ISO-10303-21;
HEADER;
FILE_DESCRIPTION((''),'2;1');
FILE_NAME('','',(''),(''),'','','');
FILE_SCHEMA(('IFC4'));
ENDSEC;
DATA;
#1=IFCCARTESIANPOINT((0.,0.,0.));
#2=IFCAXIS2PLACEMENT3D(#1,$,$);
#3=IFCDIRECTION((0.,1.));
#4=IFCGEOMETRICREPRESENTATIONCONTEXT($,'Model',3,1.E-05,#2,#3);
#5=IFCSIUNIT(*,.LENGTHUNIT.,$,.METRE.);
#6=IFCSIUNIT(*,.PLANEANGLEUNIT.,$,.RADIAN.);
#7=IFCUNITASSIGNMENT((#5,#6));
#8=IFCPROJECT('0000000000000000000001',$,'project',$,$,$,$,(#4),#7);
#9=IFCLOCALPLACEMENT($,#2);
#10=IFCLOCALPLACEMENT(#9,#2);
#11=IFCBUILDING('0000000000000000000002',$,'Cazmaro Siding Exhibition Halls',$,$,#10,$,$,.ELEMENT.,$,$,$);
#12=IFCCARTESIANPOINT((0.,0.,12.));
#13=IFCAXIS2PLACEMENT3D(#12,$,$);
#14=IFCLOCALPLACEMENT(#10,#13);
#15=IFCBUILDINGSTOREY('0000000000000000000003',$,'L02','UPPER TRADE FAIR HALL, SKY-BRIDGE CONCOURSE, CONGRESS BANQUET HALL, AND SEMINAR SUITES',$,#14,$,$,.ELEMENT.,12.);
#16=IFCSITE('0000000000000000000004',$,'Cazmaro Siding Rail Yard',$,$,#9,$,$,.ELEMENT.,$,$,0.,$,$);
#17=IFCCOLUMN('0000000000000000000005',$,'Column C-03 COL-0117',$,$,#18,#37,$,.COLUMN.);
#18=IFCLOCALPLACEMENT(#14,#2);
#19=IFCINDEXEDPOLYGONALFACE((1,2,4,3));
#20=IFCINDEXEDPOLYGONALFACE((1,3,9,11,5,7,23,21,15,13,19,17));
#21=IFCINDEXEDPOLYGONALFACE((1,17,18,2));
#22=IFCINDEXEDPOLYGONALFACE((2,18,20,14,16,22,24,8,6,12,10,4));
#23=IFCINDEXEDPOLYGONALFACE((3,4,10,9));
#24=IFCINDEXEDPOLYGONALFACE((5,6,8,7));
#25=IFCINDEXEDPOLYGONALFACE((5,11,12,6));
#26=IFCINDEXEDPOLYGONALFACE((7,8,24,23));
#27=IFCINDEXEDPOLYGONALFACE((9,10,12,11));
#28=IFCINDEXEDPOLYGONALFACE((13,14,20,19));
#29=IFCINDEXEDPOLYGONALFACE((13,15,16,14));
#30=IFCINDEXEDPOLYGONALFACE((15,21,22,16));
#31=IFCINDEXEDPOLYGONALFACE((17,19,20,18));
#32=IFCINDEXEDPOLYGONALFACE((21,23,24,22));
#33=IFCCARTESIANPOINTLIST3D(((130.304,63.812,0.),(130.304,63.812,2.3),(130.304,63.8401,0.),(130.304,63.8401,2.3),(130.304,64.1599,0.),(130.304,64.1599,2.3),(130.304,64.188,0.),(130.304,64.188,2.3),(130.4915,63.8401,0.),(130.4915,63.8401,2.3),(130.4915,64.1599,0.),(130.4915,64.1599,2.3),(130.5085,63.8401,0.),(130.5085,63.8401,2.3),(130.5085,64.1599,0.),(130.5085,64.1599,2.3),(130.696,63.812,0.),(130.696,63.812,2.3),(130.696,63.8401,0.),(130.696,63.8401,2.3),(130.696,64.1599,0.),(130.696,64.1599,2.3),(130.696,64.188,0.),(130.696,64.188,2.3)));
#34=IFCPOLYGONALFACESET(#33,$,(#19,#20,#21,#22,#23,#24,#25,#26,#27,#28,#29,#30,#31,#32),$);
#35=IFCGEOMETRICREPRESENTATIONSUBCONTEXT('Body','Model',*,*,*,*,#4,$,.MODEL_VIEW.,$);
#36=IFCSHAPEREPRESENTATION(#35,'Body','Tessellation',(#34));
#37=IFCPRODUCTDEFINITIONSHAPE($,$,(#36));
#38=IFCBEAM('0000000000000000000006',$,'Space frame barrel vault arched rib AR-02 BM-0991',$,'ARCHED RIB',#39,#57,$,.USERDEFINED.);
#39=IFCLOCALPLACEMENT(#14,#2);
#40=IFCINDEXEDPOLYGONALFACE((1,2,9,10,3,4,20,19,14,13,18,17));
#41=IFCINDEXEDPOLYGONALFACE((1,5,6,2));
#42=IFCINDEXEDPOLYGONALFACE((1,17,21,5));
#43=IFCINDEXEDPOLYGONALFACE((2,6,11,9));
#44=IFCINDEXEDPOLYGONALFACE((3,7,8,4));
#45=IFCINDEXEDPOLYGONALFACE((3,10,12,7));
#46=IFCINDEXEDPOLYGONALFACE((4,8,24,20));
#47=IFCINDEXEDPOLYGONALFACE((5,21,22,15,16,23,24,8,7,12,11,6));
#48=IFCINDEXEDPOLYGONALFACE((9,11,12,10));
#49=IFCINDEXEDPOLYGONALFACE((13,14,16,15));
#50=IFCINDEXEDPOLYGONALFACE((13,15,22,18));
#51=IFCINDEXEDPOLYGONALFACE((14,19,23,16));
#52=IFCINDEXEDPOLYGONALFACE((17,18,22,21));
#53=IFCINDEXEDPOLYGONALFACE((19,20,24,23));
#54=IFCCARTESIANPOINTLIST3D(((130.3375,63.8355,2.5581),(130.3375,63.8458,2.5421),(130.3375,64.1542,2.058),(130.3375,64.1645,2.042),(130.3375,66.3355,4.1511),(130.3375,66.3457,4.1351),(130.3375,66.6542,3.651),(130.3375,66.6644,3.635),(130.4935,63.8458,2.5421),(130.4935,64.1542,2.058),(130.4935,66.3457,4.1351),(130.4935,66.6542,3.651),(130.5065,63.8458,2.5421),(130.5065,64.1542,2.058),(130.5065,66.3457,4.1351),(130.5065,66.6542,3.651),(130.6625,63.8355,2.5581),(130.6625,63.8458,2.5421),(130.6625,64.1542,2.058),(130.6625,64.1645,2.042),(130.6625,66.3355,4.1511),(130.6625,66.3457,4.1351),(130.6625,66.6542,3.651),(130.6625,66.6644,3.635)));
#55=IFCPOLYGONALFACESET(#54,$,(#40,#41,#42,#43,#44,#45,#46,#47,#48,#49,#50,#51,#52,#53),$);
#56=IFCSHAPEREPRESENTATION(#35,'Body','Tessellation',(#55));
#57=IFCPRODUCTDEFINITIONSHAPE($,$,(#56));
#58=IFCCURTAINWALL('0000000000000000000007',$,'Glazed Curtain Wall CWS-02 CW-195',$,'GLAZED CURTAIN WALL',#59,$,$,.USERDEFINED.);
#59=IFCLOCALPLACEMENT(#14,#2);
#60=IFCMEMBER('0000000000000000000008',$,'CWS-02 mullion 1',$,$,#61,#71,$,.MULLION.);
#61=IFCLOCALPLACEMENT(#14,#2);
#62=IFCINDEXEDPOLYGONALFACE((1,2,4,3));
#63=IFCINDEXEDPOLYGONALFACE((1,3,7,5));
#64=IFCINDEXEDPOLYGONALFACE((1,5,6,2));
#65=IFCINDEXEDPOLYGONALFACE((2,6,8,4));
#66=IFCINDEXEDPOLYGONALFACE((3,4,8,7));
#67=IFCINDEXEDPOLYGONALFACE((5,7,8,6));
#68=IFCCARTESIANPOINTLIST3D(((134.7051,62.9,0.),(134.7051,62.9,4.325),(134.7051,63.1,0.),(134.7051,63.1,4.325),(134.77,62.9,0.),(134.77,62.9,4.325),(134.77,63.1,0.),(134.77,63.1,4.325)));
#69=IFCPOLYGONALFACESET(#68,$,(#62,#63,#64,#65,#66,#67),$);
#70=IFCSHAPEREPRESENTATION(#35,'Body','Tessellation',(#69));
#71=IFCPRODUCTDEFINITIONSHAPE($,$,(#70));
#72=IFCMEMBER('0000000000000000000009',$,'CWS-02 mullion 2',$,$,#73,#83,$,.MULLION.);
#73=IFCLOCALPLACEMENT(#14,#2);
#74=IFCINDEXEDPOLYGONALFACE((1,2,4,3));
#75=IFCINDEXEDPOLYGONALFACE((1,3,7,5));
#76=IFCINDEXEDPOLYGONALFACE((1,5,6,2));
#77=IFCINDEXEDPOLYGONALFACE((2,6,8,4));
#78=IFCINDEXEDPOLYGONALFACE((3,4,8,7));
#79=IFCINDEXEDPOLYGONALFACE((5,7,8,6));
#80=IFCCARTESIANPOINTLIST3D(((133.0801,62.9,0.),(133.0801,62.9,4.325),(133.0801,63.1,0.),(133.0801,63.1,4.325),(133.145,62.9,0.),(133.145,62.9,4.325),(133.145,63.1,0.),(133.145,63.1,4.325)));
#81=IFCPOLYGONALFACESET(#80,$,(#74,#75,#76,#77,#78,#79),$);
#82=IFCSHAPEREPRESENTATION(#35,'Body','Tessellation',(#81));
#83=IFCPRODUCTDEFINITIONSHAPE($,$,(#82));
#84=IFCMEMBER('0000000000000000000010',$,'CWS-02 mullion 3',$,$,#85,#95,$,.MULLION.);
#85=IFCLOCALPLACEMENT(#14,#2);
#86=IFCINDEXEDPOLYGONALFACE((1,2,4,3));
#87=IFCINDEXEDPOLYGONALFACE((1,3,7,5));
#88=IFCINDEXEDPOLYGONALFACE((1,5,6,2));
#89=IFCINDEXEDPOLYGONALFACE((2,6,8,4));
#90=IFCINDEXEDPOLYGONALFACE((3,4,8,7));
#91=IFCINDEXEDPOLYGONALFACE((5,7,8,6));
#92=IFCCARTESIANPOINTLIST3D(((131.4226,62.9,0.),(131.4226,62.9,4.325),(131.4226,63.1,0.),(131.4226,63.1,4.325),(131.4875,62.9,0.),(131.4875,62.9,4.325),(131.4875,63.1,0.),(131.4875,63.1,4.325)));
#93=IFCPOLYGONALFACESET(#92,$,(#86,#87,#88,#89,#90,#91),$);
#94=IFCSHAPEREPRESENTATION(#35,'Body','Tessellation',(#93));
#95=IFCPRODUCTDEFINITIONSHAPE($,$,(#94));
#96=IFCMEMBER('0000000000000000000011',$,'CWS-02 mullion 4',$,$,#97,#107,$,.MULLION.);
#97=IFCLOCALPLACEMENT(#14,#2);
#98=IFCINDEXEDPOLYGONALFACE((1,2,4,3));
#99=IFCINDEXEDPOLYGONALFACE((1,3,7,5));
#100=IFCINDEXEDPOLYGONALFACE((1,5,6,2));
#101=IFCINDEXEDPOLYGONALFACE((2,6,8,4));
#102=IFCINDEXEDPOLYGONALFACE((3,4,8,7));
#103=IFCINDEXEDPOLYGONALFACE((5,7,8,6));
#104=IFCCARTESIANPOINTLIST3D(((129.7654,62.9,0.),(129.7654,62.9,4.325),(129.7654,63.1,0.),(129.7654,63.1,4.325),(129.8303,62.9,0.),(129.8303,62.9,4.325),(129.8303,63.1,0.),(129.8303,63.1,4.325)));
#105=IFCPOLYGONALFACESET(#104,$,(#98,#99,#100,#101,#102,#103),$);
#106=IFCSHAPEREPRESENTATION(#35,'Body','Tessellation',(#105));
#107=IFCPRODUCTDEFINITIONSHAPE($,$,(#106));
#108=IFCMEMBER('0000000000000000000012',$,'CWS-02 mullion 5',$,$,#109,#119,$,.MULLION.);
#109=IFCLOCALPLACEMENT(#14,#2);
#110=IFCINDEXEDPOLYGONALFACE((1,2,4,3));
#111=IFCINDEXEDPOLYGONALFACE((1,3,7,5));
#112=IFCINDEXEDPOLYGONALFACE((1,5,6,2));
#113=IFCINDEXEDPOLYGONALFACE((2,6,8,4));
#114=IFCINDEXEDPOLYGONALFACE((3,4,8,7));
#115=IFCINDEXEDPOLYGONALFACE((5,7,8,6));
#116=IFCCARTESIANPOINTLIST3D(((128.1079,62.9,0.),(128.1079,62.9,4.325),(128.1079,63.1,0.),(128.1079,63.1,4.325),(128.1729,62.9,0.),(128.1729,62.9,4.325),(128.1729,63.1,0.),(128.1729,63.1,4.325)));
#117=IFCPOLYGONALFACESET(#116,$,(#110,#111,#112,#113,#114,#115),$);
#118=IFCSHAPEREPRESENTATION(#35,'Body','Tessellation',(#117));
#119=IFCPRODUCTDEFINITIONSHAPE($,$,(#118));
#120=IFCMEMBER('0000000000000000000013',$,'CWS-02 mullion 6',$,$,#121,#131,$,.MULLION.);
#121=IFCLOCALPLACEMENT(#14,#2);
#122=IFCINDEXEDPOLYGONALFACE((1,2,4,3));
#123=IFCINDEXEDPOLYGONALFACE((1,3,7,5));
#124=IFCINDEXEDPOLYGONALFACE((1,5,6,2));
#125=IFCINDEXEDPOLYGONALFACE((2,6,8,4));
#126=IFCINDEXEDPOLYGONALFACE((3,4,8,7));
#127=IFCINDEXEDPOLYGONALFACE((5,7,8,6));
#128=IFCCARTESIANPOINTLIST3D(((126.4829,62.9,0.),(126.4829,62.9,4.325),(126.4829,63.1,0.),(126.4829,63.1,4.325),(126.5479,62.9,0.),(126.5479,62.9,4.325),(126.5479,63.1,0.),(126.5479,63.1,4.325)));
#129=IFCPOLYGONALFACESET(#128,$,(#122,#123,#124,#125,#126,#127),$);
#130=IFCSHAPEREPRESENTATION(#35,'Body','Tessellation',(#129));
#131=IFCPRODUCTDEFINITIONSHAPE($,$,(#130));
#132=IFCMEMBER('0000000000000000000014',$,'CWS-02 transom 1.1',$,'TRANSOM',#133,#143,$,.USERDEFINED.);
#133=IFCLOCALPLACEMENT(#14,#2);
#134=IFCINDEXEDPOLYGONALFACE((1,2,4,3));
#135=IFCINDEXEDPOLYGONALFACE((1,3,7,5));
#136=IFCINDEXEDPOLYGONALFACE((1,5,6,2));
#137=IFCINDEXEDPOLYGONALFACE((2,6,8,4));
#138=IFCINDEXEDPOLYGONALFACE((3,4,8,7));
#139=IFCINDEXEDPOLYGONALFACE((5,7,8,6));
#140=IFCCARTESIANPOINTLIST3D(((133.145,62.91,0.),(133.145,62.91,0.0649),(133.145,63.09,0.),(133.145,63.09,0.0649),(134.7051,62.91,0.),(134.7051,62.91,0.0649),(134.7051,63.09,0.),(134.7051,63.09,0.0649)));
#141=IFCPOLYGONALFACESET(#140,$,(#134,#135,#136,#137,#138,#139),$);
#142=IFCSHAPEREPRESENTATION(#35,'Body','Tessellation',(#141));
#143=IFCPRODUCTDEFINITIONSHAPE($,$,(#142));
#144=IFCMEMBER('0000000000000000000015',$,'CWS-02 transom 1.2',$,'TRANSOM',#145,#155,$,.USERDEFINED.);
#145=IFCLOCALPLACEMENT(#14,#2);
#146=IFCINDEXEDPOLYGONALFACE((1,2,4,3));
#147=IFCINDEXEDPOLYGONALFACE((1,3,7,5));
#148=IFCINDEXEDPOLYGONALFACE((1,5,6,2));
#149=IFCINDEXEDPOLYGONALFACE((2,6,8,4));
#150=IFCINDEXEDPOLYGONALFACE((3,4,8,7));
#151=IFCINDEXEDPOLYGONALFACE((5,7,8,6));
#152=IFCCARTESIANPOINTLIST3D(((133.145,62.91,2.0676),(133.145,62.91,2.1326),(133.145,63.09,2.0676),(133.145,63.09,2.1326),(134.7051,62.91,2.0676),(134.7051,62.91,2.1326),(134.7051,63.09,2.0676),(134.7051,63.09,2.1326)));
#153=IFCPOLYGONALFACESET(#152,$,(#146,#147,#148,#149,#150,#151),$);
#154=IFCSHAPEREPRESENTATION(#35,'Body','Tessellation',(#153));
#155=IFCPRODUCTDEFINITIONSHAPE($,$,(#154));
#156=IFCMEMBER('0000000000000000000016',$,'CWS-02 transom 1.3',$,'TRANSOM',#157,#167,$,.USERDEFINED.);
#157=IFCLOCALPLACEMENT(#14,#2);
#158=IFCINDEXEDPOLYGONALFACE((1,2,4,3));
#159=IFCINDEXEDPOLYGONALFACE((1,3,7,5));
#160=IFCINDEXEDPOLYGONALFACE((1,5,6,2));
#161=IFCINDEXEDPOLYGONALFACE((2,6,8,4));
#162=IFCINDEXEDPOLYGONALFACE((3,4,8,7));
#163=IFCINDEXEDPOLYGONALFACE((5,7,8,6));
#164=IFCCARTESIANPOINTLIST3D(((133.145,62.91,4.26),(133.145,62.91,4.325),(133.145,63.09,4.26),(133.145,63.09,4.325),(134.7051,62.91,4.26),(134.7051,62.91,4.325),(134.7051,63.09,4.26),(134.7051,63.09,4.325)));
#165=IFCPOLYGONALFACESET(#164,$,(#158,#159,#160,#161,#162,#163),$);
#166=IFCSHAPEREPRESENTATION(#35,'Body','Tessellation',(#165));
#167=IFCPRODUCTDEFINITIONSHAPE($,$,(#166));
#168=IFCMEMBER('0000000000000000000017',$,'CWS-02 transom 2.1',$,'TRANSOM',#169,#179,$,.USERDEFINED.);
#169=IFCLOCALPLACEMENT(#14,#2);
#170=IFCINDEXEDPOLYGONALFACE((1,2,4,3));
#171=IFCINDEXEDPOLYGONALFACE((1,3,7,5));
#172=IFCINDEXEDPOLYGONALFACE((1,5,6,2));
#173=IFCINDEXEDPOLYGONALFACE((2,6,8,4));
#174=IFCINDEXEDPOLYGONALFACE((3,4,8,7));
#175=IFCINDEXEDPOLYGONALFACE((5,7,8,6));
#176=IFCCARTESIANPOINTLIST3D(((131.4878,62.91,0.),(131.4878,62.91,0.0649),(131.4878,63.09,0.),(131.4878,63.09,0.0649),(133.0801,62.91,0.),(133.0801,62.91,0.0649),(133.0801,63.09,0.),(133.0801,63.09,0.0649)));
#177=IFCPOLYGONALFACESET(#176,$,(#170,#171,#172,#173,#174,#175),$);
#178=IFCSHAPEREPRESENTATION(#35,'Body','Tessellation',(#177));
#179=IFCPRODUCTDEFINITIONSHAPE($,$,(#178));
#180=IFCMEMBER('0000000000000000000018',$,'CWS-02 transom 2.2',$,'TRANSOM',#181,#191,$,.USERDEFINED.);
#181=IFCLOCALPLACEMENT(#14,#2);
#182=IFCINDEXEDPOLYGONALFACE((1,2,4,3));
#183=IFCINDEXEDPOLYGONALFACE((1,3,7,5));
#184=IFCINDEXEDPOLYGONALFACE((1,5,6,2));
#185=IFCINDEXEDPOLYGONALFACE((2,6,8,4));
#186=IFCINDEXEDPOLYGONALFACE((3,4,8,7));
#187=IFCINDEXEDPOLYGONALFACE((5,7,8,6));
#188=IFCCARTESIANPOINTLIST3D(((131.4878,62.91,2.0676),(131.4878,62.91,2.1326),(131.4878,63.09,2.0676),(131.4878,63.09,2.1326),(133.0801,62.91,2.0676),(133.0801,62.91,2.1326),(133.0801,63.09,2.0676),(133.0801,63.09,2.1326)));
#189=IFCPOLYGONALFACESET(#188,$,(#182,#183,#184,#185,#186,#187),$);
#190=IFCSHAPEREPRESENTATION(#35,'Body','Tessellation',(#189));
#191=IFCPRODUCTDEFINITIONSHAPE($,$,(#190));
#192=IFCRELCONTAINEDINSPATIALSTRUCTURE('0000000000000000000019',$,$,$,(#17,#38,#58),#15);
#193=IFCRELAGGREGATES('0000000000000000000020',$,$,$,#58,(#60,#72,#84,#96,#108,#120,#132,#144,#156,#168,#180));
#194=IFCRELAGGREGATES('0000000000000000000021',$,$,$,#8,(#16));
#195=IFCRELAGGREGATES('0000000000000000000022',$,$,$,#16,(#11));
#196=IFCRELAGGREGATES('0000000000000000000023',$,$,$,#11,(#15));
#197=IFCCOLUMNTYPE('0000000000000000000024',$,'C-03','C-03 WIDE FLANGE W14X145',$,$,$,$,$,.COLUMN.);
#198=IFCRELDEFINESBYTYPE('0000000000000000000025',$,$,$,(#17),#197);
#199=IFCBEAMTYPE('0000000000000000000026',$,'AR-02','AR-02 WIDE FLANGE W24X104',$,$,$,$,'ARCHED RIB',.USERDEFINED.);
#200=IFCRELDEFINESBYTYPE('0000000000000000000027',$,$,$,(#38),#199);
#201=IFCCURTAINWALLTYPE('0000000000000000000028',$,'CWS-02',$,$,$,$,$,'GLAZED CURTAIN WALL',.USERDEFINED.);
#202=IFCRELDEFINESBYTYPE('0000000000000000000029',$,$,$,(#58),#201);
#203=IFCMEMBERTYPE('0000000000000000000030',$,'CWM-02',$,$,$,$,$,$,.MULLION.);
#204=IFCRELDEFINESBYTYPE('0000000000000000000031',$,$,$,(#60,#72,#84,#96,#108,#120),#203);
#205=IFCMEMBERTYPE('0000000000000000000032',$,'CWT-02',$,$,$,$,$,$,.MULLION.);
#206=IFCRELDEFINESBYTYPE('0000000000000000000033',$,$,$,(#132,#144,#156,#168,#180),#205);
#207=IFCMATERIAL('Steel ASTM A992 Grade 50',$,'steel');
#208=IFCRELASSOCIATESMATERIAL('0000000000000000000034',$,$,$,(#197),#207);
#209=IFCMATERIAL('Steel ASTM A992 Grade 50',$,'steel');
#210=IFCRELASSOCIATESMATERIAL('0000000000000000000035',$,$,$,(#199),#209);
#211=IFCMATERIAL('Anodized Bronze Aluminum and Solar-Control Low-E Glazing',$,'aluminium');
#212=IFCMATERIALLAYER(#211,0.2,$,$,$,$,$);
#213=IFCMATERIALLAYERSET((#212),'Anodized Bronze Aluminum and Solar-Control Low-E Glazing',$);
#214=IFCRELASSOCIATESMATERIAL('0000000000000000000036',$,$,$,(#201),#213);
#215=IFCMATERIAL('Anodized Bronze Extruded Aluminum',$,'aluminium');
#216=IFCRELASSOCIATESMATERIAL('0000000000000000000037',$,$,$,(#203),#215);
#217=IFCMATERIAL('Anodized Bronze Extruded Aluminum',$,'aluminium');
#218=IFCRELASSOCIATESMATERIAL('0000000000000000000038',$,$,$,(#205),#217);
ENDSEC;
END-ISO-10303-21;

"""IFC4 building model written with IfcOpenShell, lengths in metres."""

from ifc_helpers import new_model, si_unit, direction, frame, origin, origin_2d, place, context, subcontext, project, spatial, rectangle, i_section, extrude, material, layer, layer_set, material_profile, profile_set, type_object, element, aggregate, save


model = new_model("IFC4")

# Units and contexts
model_context = context("Model", 3, precision=1e-05, world=origin(), true_north=direction((0.0, 1.0)))
body_context = subcontext(model_context, "Body", "Model", "MODEL_VIEW")
ifc_project = project(units=[si_unit("LENGTHUNIT", "METRE"), si_unit("PLANEANGLEUNIT", "RADIAN")], contexts=[model_context])

# Site, building, storey
site_placement = place(None, origin())
site = spatial("IfcSite", under=ifc_project, at=site_placement, Name="Cazmaro Siding Rail Yard", CompositionType="ELEMENT", RefElevation=0.0)
building_placement = place(site_placement, origin())
building = spatial("IfcBuilding", under=site, at=building_placement, Name="Cazmaro Siding Exhibition Halls", CompositionType="ELEMENT")
storey_placement = place(building_placement, frame((0.0, 0.0, 12.0)))
storey = spatial("IfcBuildingStorey", under=building, at=storey_placement, Name="L02", Description="UPPER TRADE FAIR HALL, SKY-BRIDGE CONCOURSE, CONGRESS BANQUET HALL, AND SEMINAR SUITES", CompositionType="ELEMENT", Elevation=12.0)

# Column
ifc_material_1 = material(Name="Steel ASTM A992 Grade 50", Category="steel")
ifc_material_profile_1 = material_profile(ifc_material_1, i_section(OverallWidth=0.3921, OverallDepth=0.376, WebThickness=0.0171, FlangeThickness=0.0281, at=origin_2d()), Name="W14X145")
ifc_profile_set_1 = profile_set([ifc_material_profile_1], Name="Steel ASTM A992 Grade 50")
column_type = type_object("IfcColumnType", Name="C-03", Description="C-03 WIDE FLANGE W14X145", PredefinedType="COLUMN", material=ifc_profile_set_1)
column_placement = place(storey_placement, frame((130.5, 64.0, 0.0), z_axis=(0.0, 0.0, 1.0), x_axis=(1.0, 0.0, 0.0)))
element("IfcColumn", 1, at=column_placement, inside=storey, type_object=column_type, Name="Column C-03 COL-0117", PredefinedType="COLUMN", context=body_context, shape_type="SweptSolid", body=[
    extrude(i_section(OverallWidth=0.3921, OverallDepth=0.376, WebThickness=0.0171, FlangeThickness=0.0281, at=origin_2d()), origin(), (0.0, 0.0, 1.0), 2.3),
])

# Beam
ifc_material_2 = material(Name="Steel ASTM A992 Grade 50", Category="steel")
ifc_material_profile_2 = material_profile(ifc_material_2, i_section(OverallWidth=0.325, OverallDepth=0.6121, WebThickness=0.0129, FlangeThickness=0.019, at=origin_2d()), Name="W24X104")
ifc_profile_set_2 = profile_set([ifc_material_profile_2], Name="Steel ASTM A992 Grade 50")
beam_type_1 = type_object("IfcBeamType", Name="AR-02", Description="AR-02 WIDE FLANGE W24X104", ElementType="ARCHED RIB", PredefinedType="USERDEFINED", material=ifc_profile_set_2)
beam_1_placement = place(storey_placement, frame((130.5, 64.0, 2.3), z_axis=(0.0, 0.843339, 0.537382), x_axis=(-1.0, 0.0, 0.0)))
element("IfcBeam", 2, at=beam_1_placement, inside=storey, type_object=beam_type_1, Name="Space frame barrel vault arched rib AR-02 BM-0991", ObjectType="ARCHED RIB", PredefinedType="USERDEFINED", context=body_context, shape_type="SweptSolid", body=[
    extrude(i_section(OverallWidth=0.325, OverallDepth=0.6121, WebThickness=0.0129, FlangeThickness=0.019, at=origin_2d()), origin(), (0.0, 0.0, 1.0), 2.9644),
])

# Curtain wall, members
ifc_material_3 = material(Name="Anodized Bronze Aluminum and Solar-Control Low-E Glazing", Category="aluminium")
ifc_layer_1 = layer(ifc_material_3, 0.2)
ifc_layer_set_1 = layer_set([ifc_layer_1], Name="Anodized Bronze Aluminum and Solar-Control Low-E Glazing")
curtain_wall_type = type_object("IfcCurtainWallType", Name="CWS-02", ElementType="GLAZED CURTAIN WALL", PredefinedType="USERDEFINED", material=ifc_layer_set_1)
curtain_wall_placement = place(storey_placement, origin())
curtain_wall = element("IfcCurtainWall", 3, at=curtain_wall_placement, inside=storey, type_object=curtain_wall_type, Name="Glazed Curtain Wall CWS-02 CW-195", ObjectType="GLAZED CURTAIN WALL", PredefinedType="USERDEFINED")
ifc_material_4 = material(Name="Anodized Bronze Extruded Aluminum", Category="aluminium")
ifc_material_profile_3 = material_profile(ifc_material_4, rectangle(XDim=0.2, YDim=0.0649, at=origin_2d()), Name="CWM-02")
ifc_profile_set_3 = profile_set([ifc_material_profile_3], Name="Anodized Bronze Extruded Aluminum")
member_type_1 = type_object("IfcMemberType", Name="CWM-02", PredefinedType="MULLION", material=ifc_profile_set_3)
member_1_placement = place(storey_placement, frame((134.7375, 63.0, 0.0), z_axis=(0.0, 0.0, 1.0), x_axis=(0.0, -1.0, 0.0)))
member_1 = element("IfcMember", 4, at=member_1_placement, type_object=member_type_1, Name="CWS-02 mullion 1", PredefinedType="MULLION", context=body_context, shape_type="SweptSolid", body=[
    extrude(rectangle(XDim=0.2, YDim=0.0649, at=origin_2d()), origin(), (0.0, 0.0, 1.0), 4.325),
])
member_2_placement = place(storey_placement, frame((133.1125, 63.0, 0.0), z_axis=(0.0, 0.0, 1.0), x_axis=(0.0, -1.0, 0.0)))
member_2 = element("IfcMember", 5, at=member_2_placement, type_object=member_type_1, Name="CWS-02 mullion 2", PredefinedType="MULLION", context=body_context, shape_type="SweptSolid", body=[
    extrude(rectangle(XDim=0.2, YDim=0.0649, at=origin_2d()), origin(), (0.0, 0.0, 1.0), 4.325),
])
member_3_placement = place(storey_placement, frame((131.4551, 63.0, 0.0), z_axis=(0.0, 0.0, 1.0), x_axis=(0.0, -1.0, 0.0)))
member_3 = element("IfcMember", 6, at=member_3_placement, type_object=member_type_1, Name="CWS-02 mullion 3", PredefinedType="MULLION", context=body_context, shape_type="SweptSolid", body=[
    extrude(rectangle(XDim=0.2, YDim=0.0649, at=origin_2d()), origin(), (0.0, 0.0, 1.0), 4.325),
])
member_4_placement = place(storey_placement, frame((129.7979, 63.0, 0.0), z_axis=(0.0, 0.0, 1.0), x_axis=(0.0, -1.0, 0.0)))
member_4 = element("IfcMember", 7, at=member_4_placement, type_object=member_type_1, Name="CWS-02 mullion 4", PredefinedType="MULLION", context=body_context, shape_type="SweptSolid", body=[
    extrude(rectangle(XDim=0.2, YDim=0.0649, at=origin_2d()), origin(), (0.0, 0.0, 1.0), 4.325),
])
member_5_placement = place(storey_placement, frame((128.1404, 63.0, 0.0), z_axis=(0.0, 0.0, 1.0), x_axis=(0.0, -1.0, 0.0)))
member_5 = element("IfcMember", 8, at=member_5_placement, type_object=member_type_1, Name="CWS-02 mullion 5", PredefinedType="MULLION", context=body_context, shape_type="SweptSolid", body=[
    extrude(rectangle(XDim=0.2, YDim=0.0649, at=origin_2d()), origin(), (0.0, 0.0, 1.0), 4.325),
])
member_6_placement = place(storey_placement, frame((126.5154, 63.0, 0.0), z_axis=(0.0, 0.0, 1.0), x_axis=(0.0, -1.0, 0.0)))
member_6 = element("IfcMember", 9, at=member_6_placement, type_object=member_type_1, Name="CWS-02 mullion 6", PredefinedType="MULLION", context=body_context, shape_type="SweptSolid", body=[
    extrude(rectangle(XDim=0.2, YDim=0.0649, at=origin_2d()), origin(), (0.0, 0.0, 1.0), 4.325),
])
ifc_material_5 = material(Name="Anodized Bronze Extruded Aluminum", Category="aluminium")
ifc_material_profile_4 = material_profile(ifc_material_5, rectangle(XDim=0.1799, YDim=0.0649, at=origin_2d()), Name="CWT-02")
ifc_profile_set_4 = profile_set([ifc_material_profile_4], Name="Anodized Bronze Extruded Aluminum")
member_type_2 = type_object("IfcMemberType", Name="CWT-02", PredefinedType="MULLION", material=ifc_profile_set_4)
member_7_placement = place(storey_placement, frame((134.7051, 63.0, 0.0325), z_axis=(-1.0, 0.0, 0.0), x_axis=(0.0, -1.0, 0.0)))
member_7 = element("IfcMember", 10, at=member_7_placement, type_object=member_type_2, Name="CWS-02 transom 1.1", ObjectType="TRANSOM", PredefinedType="USERDEFINED", context=body_context, shape_type="SweptSolid", body=[
    extrude(rectangle(XDim=0.1799, YDim=0.0649, at=origin_2d()), origin(), (0.0, 0.0, 1.0), 1.5601),
])
member_8_placement = place(storey_placement, frame((134.7051, 63.0, 2.1001), z_axis=(-1.0, 0.0, 0.0), x_axis=(0.0, -1.0, 0.0)))
member_8 = element("IfcMember", 11, at=member_8_placement, type_object=member_type_2, Name="CWS-02 transom 1.2", ObjectType="TRANSOM", PredefinedType="USERDEFINED", context=body_context, shape_type="SweptSolid", body=[
    extrude(rectangle(XDim=0.1799, YDim=0.0649, at=origin_2d()), origin(), (0.0, 0.0, 1.0), 1.5601),
])
member_9_placement = place(storey_placement, frame((134.7051, 63.0, 4.2925), z_axis=(-1.0, 0.0, 0.0), x_axis=(0.0, -1.0, 0.0)))
member_9 = element("IfcMember", 12, at=member_9_placement, type_object=member_type_2, Name="CWS-02 transom 1.3", ObjectType="TRANSOM", PredefinedType="USERDEFINED", context=body_context, shape_type="SweptSolid", body=[
    extrude(rectangle(XDim=0.1799, YDim=0.0649, at=origin_2d()), origin(), (0.0, 0.0, 1.0), 1.5601),
])
member_10_placement = place(storey_placement, frame((133.0801, 63.0, 0.0325), z_axis=(-1.0, 0.0, 0.0), x_axis=(0.0, -1.0, 0.0)))
member_10 = element("IfcMember", 13, at=member_10_placement, type_object=member_type_2, Name="CWS-02 transom 2.1", ObjectType="TRANSOM", PredefinedType="USERDEFINED", context=body_context, shape_type="SweptSolid", body=[
    extrude(rectangle(XDim=0.1799, YDim=0.0649, at=origin_2d()), origin(), (0.0, 0.0, 1.0), 1.5923),
])
member_11_placement = place(storey_placement, frame((133.0801, 63.0, 2.1001), z_axis=(-1.0, 0.0, 0.0), x_axis=(0.0, -1.0, 0.0)))
member_11 = element("IfcMember", 14, at=member_11_placement, type_object=member_type_2, Name="CWS-02 transom 2.2", ObjectType="TRANSOM", PredefinedType="USERDEFINED", context=body_context, shape_type="SweptSolid", body=[
    extrude(rectangle(XDim=0.1799, YDim=0.0649, at=origin_2d()), origin(), (0.0, 0.0, 1.0), 1.5923),
])

aggregate(curtain_wall, [member_1, member_2, member_3, member_4, member_5, member_6, member_7, member_8, member_9, member_10, member_11])

save(model, "model.ifc")
